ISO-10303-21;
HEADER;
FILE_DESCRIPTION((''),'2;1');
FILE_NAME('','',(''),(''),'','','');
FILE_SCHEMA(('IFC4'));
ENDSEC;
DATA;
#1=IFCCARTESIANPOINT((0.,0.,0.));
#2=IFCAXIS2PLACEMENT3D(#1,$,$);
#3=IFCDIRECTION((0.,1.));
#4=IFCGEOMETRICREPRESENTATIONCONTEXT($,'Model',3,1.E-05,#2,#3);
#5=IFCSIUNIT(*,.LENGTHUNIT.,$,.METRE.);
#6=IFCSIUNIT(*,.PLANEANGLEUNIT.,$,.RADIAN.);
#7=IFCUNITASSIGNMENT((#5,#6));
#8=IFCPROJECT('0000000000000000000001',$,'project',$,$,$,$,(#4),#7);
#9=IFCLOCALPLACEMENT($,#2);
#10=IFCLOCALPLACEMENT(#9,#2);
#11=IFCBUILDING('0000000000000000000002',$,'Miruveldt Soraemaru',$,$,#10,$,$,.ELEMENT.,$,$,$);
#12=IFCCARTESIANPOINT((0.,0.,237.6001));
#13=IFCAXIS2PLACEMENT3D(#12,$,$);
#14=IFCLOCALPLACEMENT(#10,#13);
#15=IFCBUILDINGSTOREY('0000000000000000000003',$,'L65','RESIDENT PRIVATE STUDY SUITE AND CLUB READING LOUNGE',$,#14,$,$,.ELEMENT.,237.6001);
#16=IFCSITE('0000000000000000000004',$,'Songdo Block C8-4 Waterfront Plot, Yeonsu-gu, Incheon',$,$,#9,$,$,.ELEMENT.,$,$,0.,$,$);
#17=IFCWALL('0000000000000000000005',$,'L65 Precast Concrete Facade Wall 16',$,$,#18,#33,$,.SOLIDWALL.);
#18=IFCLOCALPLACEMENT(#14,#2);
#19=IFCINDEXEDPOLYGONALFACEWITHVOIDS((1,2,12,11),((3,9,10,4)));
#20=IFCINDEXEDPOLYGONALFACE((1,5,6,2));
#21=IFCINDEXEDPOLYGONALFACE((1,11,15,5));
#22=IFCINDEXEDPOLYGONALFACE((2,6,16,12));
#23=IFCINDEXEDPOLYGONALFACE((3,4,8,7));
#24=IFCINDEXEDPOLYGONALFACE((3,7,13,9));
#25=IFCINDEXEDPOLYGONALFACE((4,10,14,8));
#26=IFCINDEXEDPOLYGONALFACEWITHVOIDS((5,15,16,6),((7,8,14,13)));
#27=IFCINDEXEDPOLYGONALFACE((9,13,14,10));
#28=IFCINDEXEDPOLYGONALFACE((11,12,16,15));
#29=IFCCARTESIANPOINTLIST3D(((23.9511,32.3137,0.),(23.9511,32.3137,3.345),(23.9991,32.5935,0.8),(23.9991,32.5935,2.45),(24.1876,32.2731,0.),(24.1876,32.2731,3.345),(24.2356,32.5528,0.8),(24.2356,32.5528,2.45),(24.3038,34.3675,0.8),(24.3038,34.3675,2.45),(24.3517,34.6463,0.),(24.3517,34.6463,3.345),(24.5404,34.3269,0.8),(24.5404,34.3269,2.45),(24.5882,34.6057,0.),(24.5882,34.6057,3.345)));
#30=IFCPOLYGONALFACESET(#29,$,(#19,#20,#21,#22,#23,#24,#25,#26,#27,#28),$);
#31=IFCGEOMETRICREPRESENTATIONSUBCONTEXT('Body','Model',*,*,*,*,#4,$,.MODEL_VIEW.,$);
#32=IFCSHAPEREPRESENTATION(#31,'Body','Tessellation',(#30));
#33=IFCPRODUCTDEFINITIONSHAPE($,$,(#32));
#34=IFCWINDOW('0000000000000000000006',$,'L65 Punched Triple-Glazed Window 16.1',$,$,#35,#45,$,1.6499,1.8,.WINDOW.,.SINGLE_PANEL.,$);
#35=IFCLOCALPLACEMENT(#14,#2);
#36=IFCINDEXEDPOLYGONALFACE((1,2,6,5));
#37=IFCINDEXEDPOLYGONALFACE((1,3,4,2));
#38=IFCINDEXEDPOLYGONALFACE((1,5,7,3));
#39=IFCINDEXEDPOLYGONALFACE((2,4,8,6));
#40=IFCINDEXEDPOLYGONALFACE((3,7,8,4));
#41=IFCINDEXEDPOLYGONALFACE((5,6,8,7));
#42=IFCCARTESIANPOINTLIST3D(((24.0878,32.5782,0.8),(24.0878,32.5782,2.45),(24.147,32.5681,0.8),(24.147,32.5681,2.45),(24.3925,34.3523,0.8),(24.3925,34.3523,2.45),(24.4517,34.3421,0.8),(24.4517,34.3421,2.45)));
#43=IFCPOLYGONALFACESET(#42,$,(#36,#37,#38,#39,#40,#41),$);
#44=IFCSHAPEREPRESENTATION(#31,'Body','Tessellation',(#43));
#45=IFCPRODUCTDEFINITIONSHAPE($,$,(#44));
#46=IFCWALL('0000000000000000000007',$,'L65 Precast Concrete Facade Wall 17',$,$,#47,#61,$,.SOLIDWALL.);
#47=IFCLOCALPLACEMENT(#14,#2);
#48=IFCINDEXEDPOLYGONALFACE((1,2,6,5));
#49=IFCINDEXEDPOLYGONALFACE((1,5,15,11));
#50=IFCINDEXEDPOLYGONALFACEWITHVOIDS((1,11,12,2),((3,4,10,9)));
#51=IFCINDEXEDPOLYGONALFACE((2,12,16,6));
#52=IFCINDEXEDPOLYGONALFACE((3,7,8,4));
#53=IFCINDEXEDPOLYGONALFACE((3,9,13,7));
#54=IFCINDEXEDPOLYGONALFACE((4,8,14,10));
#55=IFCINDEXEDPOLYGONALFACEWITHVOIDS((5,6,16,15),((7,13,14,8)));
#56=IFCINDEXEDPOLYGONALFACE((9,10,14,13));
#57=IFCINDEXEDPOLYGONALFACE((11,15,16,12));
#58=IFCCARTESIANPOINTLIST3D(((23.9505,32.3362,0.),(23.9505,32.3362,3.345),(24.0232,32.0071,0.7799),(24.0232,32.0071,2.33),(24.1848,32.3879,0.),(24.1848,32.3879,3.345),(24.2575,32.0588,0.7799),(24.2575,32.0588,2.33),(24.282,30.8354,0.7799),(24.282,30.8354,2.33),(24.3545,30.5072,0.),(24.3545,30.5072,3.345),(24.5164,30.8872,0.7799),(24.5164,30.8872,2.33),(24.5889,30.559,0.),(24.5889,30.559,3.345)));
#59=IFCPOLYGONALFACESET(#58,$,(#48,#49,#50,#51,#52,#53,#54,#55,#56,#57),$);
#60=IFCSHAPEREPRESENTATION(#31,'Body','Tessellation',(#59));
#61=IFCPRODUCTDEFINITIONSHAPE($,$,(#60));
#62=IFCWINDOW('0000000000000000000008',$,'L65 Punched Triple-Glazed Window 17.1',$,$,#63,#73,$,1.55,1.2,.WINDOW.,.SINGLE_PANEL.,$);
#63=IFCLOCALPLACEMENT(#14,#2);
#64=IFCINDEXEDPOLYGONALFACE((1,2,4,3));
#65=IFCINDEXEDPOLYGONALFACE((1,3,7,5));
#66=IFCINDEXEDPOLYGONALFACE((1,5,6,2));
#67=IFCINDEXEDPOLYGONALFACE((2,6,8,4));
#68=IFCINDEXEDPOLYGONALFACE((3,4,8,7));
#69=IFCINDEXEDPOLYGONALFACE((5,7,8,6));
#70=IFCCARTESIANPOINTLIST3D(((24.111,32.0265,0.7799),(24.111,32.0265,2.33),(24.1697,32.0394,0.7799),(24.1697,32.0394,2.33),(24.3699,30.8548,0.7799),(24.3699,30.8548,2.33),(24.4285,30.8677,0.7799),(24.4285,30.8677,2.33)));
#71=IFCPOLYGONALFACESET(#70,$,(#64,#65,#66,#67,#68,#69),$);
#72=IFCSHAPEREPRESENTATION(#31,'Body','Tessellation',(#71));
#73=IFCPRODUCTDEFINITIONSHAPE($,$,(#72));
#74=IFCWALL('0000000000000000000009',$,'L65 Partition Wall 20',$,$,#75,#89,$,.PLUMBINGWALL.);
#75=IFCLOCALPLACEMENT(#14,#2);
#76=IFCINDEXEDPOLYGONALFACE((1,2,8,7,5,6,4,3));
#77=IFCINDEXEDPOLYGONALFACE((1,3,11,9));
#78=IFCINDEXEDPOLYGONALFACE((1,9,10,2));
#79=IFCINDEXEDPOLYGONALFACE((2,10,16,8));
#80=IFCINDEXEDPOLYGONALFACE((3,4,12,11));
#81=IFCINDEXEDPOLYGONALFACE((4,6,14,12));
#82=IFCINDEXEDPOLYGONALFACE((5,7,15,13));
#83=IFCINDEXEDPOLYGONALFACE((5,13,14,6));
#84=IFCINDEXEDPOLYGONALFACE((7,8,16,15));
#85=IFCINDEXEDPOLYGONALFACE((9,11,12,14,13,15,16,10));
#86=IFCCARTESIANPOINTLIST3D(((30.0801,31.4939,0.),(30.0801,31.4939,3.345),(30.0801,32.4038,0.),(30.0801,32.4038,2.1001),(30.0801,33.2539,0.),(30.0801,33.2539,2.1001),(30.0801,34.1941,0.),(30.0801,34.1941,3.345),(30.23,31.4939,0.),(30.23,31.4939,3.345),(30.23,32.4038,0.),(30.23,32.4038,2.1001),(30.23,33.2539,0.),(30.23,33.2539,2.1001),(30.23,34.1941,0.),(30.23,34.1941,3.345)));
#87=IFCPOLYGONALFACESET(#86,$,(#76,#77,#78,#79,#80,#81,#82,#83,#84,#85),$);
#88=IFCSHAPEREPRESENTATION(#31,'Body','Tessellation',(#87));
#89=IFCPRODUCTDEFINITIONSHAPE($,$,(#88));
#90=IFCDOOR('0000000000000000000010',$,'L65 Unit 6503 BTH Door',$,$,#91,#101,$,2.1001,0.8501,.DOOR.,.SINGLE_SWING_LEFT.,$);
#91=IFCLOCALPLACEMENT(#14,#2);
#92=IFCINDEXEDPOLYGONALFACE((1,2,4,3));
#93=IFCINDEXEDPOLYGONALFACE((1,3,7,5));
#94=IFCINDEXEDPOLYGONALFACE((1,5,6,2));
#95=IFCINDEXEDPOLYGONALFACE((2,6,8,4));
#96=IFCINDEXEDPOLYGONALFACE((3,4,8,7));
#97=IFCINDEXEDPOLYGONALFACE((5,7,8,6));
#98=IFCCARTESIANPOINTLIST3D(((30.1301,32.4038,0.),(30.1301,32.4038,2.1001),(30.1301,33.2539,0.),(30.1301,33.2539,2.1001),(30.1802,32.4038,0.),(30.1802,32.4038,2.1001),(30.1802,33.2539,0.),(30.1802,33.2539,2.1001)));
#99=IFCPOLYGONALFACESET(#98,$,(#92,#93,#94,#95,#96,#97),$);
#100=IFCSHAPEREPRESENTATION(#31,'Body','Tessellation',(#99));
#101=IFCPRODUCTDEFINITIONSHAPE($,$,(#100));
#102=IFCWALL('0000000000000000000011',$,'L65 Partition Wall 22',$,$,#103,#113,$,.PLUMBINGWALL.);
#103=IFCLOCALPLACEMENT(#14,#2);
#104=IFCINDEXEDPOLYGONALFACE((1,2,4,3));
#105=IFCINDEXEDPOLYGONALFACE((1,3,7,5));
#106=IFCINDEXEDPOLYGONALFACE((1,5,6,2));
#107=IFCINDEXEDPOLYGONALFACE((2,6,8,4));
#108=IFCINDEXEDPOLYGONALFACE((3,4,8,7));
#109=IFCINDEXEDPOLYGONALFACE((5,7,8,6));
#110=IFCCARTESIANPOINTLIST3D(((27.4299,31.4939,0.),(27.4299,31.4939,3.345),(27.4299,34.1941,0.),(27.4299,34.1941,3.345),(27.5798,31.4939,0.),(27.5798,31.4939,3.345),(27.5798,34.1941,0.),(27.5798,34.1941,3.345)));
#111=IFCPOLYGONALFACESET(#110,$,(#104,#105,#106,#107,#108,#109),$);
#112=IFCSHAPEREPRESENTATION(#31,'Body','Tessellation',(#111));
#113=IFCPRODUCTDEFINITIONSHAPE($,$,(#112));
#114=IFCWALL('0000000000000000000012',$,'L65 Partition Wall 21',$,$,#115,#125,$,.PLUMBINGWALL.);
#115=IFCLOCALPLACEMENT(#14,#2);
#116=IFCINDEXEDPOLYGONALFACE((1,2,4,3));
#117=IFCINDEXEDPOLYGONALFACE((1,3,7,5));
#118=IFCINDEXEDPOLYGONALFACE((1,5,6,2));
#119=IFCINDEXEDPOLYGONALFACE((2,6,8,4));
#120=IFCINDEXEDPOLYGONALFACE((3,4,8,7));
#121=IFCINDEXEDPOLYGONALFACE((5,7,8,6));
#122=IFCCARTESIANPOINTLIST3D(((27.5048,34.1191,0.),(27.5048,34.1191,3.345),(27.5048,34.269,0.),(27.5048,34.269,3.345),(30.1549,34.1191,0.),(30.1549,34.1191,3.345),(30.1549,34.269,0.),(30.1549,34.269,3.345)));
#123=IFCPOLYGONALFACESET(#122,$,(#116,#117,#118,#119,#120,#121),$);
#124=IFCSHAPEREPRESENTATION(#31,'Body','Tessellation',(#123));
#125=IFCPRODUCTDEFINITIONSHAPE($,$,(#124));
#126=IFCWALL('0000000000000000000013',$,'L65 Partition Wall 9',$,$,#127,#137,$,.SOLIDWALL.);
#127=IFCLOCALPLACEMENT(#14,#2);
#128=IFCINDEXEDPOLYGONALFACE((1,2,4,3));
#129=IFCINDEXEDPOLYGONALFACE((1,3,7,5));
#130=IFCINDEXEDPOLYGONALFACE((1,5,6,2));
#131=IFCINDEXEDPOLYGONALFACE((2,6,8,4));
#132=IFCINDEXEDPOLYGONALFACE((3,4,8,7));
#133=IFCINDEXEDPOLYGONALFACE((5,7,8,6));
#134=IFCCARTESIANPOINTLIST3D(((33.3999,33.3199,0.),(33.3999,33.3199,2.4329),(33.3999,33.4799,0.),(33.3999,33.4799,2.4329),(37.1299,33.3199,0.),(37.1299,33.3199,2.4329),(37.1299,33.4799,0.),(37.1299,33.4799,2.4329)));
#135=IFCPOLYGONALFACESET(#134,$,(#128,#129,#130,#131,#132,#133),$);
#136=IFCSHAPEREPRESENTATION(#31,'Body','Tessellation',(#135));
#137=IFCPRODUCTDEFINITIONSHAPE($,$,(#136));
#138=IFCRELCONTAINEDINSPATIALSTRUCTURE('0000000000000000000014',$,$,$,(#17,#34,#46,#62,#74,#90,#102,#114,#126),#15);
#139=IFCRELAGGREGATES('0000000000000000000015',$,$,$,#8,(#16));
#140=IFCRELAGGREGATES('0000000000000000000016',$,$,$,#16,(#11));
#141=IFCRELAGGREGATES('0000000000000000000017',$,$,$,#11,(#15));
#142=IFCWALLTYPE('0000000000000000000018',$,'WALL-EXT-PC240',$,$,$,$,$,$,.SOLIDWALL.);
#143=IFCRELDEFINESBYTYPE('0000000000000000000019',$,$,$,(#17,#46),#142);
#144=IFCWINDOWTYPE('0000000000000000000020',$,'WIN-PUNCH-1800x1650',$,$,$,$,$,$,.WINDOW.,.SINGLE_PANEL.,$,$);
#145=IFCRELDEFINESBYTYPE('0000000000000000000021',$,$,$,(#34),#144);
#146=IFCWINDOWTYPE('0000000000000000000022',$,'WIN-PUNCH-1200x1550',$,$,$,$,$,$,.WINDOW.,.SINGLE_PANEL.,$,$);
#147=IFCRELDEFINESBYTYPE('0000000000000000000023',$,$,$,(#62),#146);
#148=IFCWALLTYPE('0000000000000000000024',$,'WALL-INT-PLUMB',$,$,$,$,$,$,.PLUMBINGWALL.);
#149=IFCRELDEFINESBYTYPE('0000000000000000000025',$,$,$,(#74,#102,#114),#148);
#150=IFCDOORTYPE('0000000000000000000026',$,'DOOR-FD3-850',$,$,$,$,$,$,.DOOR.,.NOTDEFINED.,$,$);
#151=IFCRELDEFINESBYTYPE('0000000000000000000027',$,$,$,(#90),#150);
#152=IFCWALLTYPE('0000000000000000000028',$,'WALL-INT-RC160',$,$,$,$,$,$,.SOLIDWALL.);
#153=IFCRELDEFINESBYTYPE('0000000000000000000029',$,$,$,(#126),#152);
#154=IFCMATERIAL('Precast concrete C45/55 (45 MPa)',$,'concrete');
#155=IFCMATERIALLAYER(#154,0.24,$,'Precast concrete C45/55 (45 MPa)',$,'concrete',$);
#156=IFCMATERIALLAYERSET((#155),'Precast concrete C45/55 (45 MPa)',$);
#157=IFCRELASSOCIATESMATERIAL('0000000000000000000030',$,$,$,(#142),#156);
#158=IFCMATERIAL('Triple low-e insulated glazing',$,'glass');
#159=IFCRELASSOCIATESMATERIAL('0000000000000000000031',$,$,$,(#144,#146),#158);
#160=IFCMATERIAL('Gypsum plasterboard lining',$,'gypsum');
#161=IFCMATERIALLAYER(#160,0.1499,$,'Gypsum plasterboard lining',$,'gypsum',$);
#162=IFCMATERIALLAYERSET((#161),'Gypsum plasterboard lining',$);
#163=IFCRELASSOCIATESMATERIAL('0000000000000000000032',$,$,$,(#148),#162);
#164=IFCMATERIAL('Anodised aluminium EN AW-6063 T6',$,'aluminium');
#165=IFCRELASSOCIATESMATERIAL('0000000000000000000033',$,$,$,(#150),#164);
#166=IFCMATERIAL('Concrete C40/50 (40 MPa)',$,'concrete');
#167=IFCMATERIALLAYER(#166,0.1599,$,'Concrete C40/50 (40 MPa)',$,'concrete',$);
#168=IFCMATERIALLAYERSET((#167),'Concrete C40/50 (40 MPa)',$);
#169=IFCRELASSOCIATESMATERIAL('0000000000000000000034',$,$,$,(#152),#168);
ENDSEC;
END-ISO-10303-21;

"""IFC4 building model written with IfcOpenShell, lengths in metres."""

from ifc_helpers import new_model, si_unit, direction, frame, frame_2d, origin, place, context, subcontext, project, spatial, rectangle, extrude, material, layer, layer_set, type_object, element, fill, save


model = new_model("IFC4")

# Units and contexts
model_context = context("Model", 3, precision=1e-05, world=origin(), true_north=direction((0.0, 1.0)))
body_context = subcontext(model_context, "Body", "Model", "MODEL_VIEW")
ifc_project = project(units=[si_unit("LENGTHUNIT", "METRE"), si_unit("PLANEANGLEUNIT", "RADIAN")], contexts=[model_context])

# Site, building, storey
site_placement = place(None, origin())
site = spatial("IfcSite", under=ifc_project, at=site_placement, Name="Songdo Block C8-4 Waterfront Plot, Yeonsu-gu, Incheon", CompositionType="ELEMENT", RefElevation=0.0)
building_placement = place(site_placement, origin())
building = spatial("IfcBuilding", under=site, at=building_placement, Name="Miruveldt Soraemaru", CompositionType="ELEMENT")
storey_placement = place(building_placement, frame((0.0, 0.0, 237.6001)))
storey = spatial("IfcBuildingStorey", under=building, at=storey_placement, Name="L65", Description="RESIDENT PRIVATE STUDY SUITE AND CLUB READING LOUNGE", CompositionType="ELEMENT", Elevation=237.6001)

# Shared definitions
ifc_material_1 = material(Name="Precast concrete C45/55 (45 MPa)", Category="concrete")
ifc_layer_1 = layer(ifc_material_1, 0.24, Name="Precast concrete C45/55 (45 MPa)", Category="concrete")
ifc_layer_set_1 = layer_set([ifc_layer_1], Name="Precast concrete C45/55 (45 MPa)")
wall_type_1 = type_object("IfcWallType", Name="WALL-EXT-PC240", PredefinedType="SOLIDWALL", material=ifc_layer_set_1)

# Walls, openings, windows
ifc_material_2 = material(Name="Triple low-e insulated glazing", Category="glass")
wall_1_placement = place(storey_placement, frame((24.47, 34.626, 0.0), z_axis=(0.0, 0.0, 1.0), x_axis=(-0.169282, -0.985568, 0.0)))
wall_1 = element("IfcWall", 1, at=wall_1_placement, inside=storey, type_object=wall_type_1, Name="L65 Precast Concrete Facade Wall 16", PredefinedType="SOLIDWALL", context=body_context, shape_type="SweptSolid", body=[
    extrude(rectangle(XDim=2.3667, YDim=0.24, at=frame_2d((1.1833, 0.0))), origin(), (0.0, 0.0, 1.0), 3.345),
])
opening_1_placement = place(wall_1_placement, frame((0.283, 0.0, 0.8)))
opening_1 = element("IfcOpeningElement", 2, at=opening_1_placement, cuts=wall_1, PredefinedType="OPENING", context=body_context, shape_type="SweptSolid", body=[
    extrude(rectangle(XDim=1.8, YDim=1.6499, at=frame_2d((0.8999, 0.825))), frame((0.0, 0.1299, 0.0), z_axis=(0.0, -1.0, 0.0), x_axis=(1.0, 0.0, 0.0)), (0.0, 0.0, 1.0), 0.26),
])
window_type_1 = type_object("IfcWindowType", Name="WIN-PUNCH-1800x1650", PartitioningType="SINGLE_PANEL", PredefinedType="WINDOW", material=ifc_material_2)
window_1_placement = place(opening_1_placement, origin())
window_1 = element("IfcWindow", 3, at=window_1_placement, inside=storey, type_object=window_type_1, Name="L65 Punched Triple-Glazed Window 16.1", OverallHeight=1.6499, OverallWidth=1.8, PartitioningType="SINGLE_PANEL", PredefinedType="WINDOW", context=body_context, shape_type="SweptSolid", body=[
    extrude(rectangle(XDim=1.8, YDim=1.6499, at=frame_2d((0.8999, 0.825))), frame((0.0, 0.03, 0.0), z_axis=(0.0, -1.0, 0.0), x_axis=(1.0, 0.0, 0.0)), (0.0, 0.0, 1.0), 0.0601),
])
fill(opening_1, window_1)
wall_2_placement = place(storey_placement, frame((24.0676, 32.3621, 0.0), z_axis=(0.0, 0.0, 1.0), x_axis=(0.21573, -0.976453, 0.0)))
wall_2 = element("IfcWall", 4, at=wall_2_placement, inside=storey, type_object=wall_type_1, Name="L65 Precast Concrete Facade Wall 17", PredefinedType="SOLIDWALL", context=body_context, shape_type="SweptSolid", body=[
    extrude(rectangle(XDim=1.873, YDim=0.24, at=frame_2d((0.9365, 0.0))), origin(), (0.0, 0.0, 1.0), 3.345),
])
opening_2_placement = place(wall_2_placement, frame((0.3369, 0.0, 0.78)))
opening_2 = element("IfcOpeningElement", 5, at=opening_2_placement, cuts=wall_2, PredefinedType="OPENING", context=body_context, shape_type="SweptSolid", body=[
    extrude(rectangle(XDim=1.2, YDim=1.55, at=frame_2d((0.6001, 0.7749))), frame((0.0, 0.1299, 0.0), z_axis=(0.0, -1.0, 0.0), x_axis=(1.0, 0.0, 0.0)), (0.0, 0.0, 1.0), 0.26),
])
window_type_2 = type_object("IfcWindowType", Name="WIN-PUNCH-1200x1550", PartitioningType="SINGLE_PANEL", PredefinedType="WINDOW", material=ifc_material_2)
window_2_placement = place(opening_2_placement, origin())
window_2 = element("IfcWindow", 6, at=window_2_placement, inside=storey, type_object=window_type_2, Name="L65 Punched Triple-Glazed Window 17.1", OverallHeight=1.55, OverallWidth=1.2, PartitioningType="SINGLE_PANEL", PredefinedType="WINDOW", context=body_context, shape_type="SweptSolid", body=[
    extrude(rectangle(XDim=1.2, YDim=1.55, at=frame_2d((0.6001, 0.7749))), frame((0.0, 0.03, 0.0), z_axis=(0.0, -1.0, 0.0), x_axis=(1.0, 0.0, 0.0)), (0.0, 0.0, 1.0), 0.0601),
])
fill(opening_2, window_2)

# Wall, opening, door
ifc_material_3 = material(Name="Gypsum plasterboard lining", Category="gypsum")
ifc_layer_2 = layer(ifc_material_3, 0.1499, Name="Gypsum plasterboard lining", Category="gypsum")
ifc_layer_set_2 = layer_set([ifc_layer_2], Name="Gypsum plasterboard lining")
wall_type_2 = type_object("IfcWallType", Name="WALL-INT-PLUMB", PredefinedType="PLUMBINGWALL", material=ifc_layer_set_2)
wall_3_placement = place(storey_placement, frame((30.155, 31.4939, 0.0), z_axis=(0.0, 0.0, 1.0), x_axis=(0.0, 1.0, 0.0)))
wall_3 = element("IfcWall", 7, at=wall_3_placement, inside=storey, type_object=wall_type_2, Name="L65 Partition Wall 20", PredefinedType="PLUMBINGWALL", context=body_context, shape_type="SweptSolid", body=[
    extrude(rectangle(XDim=2.7002, YDim=0.1499, at=frame_2d((1.3501, 0.0))), origin(), (0.0, 0.0, 1.0), 3.345),
])
opening_3_placement = place(wall_3_placement, frame((0.9099, 0.0, 0.0)))
opening_3 = element("IfcOpeningElement", 8, at=opening_3_placement, cuts=wall_3, PredefinedType="OPENING", context=body_context, shape_type="SweptSolid", body=[
    extrude(rectangle(XDim=0.8501, YDim=2.1001, at=frame_2d((0.425, 1.05))), frame((0.0, 0.085, 0.0), z_axis=(0.0, -1.0, 0.0), x_axis=(1.0, 0.0, 0.0)), (0.0, 0.0, 1.0), 0.1699),
])
ifc_material_4 = material(Name="Anodised aluminium EN AW-6063 T6", Category="aluminium")
door_type = type_object("IfcDoorType", Name="DOOR-FD3-850", OperationType="NOTDEFINED", PredefinedType="DOOR", material=ifc_material_4)
door_placement = place(opening_3_placement, origin())
door = element("IfcDoor", 9, at=door_placement, inside=storey, type_object=door_type, Name="L65 Unit 6503 BTH Door", OperationType="SINGLE_SWING_LEFT", OverallHeight=2.1001, OverallWidth=0.8501, PredefinedType="DOOR", context=body_context, shape_type="SweptSolid", body=[
    extrude(rectangle(XDim=0.8501, YDim=2.1001, at=frame_2d((0.425, 1.05))), frame((0.0, 0.0249, 0.0), z_axis=(0.0, -1.0, 0.0), x_axis=(1.0, 0.0, 0.0)), (0.0, 0.0, 1.0), 0.05),
])
fill(opening_3, door)

# Walls
wall_4_placement = place(storey_placement, frame((27.5049, 34.1941, 0.0), z_axis=(0.0, 0.0, 1.0), x_axis=(0.0, -1.0, 0.0)))
element("IfcWall", 10, at=wall_4_placement, inside=storey, type_object=wall_type_2, Name="L65 Partition Wall 22", PredefinedType="PLUMBINGWALL", context=body_context, shape_type="SweptSolid", body=[
    extrude(rectangle(XDim=2.7002, YDim=0.1499, at=frame_2d((1.3501, 0.0))), origin(), (0.0, 0.0, 1.0), 3.345),
])
wall_5_placement = place(storey_placement, frame((30.155, 34.1941, 0.0), z_axis=(0.0, 0.0, 1.0), x_axis=(-1.0, 0.0, 0.0)))
element("IfcWall", 11, at=wall_5_placement, inside=storey, type_object=wall_type_2, Name="L65 Partition Wall 21", PredefinedType="PLUMBINGWALL", context=body_context, shape_type="SweptSolid", body=[
    extrude(rectangle(XDim=2.6501, YDim=0.1499, at=frame_2d((1.3252, 0.0))), origin(), (0.0, 0.0, 1.0), 3.345),
])
ifc_material_5 = material(Name="Concrete C40/50 (40 MPa)", Category="concrete")
ifc_layer_3 = layer(ifc_material_5, 0.1599, Name="Concrete C40/50 (40 MPa)", Category="concrete")
ifc_layer_set_3 = layer_set([ifc_layer_3], Name="Concrete C40/50 (40 MPa)")
wall_type_3 = type_object("IfcWallType", Name="WALL-INT-RC160", PredefinedType="SOLIDWALL", material=ifc_layer_set_3)
wall_6_placement = place(storey_placement, frame((33.3999, 33.3999, 0.0), z_axis=(0.0, 0.0, 1.0), x_axis=(1.0, 0.0, 0.0)))
element("IfcWall", 12, at=wall_6_placement, inside=storey, type_object=wall_type_3, Name="L65 Partition Wall 9", PredefinedType="SOLIDWALL", context=body_context, shape_type="SweptSolid", body=[
    extrude(rectangle(XDim=3.73, YDim=0.1599, at=frame_2d((1.865, 0.0))), origin(), (0.0, 0.0, 1.0), 2.4329),
])

save(model, "model.ifc")
